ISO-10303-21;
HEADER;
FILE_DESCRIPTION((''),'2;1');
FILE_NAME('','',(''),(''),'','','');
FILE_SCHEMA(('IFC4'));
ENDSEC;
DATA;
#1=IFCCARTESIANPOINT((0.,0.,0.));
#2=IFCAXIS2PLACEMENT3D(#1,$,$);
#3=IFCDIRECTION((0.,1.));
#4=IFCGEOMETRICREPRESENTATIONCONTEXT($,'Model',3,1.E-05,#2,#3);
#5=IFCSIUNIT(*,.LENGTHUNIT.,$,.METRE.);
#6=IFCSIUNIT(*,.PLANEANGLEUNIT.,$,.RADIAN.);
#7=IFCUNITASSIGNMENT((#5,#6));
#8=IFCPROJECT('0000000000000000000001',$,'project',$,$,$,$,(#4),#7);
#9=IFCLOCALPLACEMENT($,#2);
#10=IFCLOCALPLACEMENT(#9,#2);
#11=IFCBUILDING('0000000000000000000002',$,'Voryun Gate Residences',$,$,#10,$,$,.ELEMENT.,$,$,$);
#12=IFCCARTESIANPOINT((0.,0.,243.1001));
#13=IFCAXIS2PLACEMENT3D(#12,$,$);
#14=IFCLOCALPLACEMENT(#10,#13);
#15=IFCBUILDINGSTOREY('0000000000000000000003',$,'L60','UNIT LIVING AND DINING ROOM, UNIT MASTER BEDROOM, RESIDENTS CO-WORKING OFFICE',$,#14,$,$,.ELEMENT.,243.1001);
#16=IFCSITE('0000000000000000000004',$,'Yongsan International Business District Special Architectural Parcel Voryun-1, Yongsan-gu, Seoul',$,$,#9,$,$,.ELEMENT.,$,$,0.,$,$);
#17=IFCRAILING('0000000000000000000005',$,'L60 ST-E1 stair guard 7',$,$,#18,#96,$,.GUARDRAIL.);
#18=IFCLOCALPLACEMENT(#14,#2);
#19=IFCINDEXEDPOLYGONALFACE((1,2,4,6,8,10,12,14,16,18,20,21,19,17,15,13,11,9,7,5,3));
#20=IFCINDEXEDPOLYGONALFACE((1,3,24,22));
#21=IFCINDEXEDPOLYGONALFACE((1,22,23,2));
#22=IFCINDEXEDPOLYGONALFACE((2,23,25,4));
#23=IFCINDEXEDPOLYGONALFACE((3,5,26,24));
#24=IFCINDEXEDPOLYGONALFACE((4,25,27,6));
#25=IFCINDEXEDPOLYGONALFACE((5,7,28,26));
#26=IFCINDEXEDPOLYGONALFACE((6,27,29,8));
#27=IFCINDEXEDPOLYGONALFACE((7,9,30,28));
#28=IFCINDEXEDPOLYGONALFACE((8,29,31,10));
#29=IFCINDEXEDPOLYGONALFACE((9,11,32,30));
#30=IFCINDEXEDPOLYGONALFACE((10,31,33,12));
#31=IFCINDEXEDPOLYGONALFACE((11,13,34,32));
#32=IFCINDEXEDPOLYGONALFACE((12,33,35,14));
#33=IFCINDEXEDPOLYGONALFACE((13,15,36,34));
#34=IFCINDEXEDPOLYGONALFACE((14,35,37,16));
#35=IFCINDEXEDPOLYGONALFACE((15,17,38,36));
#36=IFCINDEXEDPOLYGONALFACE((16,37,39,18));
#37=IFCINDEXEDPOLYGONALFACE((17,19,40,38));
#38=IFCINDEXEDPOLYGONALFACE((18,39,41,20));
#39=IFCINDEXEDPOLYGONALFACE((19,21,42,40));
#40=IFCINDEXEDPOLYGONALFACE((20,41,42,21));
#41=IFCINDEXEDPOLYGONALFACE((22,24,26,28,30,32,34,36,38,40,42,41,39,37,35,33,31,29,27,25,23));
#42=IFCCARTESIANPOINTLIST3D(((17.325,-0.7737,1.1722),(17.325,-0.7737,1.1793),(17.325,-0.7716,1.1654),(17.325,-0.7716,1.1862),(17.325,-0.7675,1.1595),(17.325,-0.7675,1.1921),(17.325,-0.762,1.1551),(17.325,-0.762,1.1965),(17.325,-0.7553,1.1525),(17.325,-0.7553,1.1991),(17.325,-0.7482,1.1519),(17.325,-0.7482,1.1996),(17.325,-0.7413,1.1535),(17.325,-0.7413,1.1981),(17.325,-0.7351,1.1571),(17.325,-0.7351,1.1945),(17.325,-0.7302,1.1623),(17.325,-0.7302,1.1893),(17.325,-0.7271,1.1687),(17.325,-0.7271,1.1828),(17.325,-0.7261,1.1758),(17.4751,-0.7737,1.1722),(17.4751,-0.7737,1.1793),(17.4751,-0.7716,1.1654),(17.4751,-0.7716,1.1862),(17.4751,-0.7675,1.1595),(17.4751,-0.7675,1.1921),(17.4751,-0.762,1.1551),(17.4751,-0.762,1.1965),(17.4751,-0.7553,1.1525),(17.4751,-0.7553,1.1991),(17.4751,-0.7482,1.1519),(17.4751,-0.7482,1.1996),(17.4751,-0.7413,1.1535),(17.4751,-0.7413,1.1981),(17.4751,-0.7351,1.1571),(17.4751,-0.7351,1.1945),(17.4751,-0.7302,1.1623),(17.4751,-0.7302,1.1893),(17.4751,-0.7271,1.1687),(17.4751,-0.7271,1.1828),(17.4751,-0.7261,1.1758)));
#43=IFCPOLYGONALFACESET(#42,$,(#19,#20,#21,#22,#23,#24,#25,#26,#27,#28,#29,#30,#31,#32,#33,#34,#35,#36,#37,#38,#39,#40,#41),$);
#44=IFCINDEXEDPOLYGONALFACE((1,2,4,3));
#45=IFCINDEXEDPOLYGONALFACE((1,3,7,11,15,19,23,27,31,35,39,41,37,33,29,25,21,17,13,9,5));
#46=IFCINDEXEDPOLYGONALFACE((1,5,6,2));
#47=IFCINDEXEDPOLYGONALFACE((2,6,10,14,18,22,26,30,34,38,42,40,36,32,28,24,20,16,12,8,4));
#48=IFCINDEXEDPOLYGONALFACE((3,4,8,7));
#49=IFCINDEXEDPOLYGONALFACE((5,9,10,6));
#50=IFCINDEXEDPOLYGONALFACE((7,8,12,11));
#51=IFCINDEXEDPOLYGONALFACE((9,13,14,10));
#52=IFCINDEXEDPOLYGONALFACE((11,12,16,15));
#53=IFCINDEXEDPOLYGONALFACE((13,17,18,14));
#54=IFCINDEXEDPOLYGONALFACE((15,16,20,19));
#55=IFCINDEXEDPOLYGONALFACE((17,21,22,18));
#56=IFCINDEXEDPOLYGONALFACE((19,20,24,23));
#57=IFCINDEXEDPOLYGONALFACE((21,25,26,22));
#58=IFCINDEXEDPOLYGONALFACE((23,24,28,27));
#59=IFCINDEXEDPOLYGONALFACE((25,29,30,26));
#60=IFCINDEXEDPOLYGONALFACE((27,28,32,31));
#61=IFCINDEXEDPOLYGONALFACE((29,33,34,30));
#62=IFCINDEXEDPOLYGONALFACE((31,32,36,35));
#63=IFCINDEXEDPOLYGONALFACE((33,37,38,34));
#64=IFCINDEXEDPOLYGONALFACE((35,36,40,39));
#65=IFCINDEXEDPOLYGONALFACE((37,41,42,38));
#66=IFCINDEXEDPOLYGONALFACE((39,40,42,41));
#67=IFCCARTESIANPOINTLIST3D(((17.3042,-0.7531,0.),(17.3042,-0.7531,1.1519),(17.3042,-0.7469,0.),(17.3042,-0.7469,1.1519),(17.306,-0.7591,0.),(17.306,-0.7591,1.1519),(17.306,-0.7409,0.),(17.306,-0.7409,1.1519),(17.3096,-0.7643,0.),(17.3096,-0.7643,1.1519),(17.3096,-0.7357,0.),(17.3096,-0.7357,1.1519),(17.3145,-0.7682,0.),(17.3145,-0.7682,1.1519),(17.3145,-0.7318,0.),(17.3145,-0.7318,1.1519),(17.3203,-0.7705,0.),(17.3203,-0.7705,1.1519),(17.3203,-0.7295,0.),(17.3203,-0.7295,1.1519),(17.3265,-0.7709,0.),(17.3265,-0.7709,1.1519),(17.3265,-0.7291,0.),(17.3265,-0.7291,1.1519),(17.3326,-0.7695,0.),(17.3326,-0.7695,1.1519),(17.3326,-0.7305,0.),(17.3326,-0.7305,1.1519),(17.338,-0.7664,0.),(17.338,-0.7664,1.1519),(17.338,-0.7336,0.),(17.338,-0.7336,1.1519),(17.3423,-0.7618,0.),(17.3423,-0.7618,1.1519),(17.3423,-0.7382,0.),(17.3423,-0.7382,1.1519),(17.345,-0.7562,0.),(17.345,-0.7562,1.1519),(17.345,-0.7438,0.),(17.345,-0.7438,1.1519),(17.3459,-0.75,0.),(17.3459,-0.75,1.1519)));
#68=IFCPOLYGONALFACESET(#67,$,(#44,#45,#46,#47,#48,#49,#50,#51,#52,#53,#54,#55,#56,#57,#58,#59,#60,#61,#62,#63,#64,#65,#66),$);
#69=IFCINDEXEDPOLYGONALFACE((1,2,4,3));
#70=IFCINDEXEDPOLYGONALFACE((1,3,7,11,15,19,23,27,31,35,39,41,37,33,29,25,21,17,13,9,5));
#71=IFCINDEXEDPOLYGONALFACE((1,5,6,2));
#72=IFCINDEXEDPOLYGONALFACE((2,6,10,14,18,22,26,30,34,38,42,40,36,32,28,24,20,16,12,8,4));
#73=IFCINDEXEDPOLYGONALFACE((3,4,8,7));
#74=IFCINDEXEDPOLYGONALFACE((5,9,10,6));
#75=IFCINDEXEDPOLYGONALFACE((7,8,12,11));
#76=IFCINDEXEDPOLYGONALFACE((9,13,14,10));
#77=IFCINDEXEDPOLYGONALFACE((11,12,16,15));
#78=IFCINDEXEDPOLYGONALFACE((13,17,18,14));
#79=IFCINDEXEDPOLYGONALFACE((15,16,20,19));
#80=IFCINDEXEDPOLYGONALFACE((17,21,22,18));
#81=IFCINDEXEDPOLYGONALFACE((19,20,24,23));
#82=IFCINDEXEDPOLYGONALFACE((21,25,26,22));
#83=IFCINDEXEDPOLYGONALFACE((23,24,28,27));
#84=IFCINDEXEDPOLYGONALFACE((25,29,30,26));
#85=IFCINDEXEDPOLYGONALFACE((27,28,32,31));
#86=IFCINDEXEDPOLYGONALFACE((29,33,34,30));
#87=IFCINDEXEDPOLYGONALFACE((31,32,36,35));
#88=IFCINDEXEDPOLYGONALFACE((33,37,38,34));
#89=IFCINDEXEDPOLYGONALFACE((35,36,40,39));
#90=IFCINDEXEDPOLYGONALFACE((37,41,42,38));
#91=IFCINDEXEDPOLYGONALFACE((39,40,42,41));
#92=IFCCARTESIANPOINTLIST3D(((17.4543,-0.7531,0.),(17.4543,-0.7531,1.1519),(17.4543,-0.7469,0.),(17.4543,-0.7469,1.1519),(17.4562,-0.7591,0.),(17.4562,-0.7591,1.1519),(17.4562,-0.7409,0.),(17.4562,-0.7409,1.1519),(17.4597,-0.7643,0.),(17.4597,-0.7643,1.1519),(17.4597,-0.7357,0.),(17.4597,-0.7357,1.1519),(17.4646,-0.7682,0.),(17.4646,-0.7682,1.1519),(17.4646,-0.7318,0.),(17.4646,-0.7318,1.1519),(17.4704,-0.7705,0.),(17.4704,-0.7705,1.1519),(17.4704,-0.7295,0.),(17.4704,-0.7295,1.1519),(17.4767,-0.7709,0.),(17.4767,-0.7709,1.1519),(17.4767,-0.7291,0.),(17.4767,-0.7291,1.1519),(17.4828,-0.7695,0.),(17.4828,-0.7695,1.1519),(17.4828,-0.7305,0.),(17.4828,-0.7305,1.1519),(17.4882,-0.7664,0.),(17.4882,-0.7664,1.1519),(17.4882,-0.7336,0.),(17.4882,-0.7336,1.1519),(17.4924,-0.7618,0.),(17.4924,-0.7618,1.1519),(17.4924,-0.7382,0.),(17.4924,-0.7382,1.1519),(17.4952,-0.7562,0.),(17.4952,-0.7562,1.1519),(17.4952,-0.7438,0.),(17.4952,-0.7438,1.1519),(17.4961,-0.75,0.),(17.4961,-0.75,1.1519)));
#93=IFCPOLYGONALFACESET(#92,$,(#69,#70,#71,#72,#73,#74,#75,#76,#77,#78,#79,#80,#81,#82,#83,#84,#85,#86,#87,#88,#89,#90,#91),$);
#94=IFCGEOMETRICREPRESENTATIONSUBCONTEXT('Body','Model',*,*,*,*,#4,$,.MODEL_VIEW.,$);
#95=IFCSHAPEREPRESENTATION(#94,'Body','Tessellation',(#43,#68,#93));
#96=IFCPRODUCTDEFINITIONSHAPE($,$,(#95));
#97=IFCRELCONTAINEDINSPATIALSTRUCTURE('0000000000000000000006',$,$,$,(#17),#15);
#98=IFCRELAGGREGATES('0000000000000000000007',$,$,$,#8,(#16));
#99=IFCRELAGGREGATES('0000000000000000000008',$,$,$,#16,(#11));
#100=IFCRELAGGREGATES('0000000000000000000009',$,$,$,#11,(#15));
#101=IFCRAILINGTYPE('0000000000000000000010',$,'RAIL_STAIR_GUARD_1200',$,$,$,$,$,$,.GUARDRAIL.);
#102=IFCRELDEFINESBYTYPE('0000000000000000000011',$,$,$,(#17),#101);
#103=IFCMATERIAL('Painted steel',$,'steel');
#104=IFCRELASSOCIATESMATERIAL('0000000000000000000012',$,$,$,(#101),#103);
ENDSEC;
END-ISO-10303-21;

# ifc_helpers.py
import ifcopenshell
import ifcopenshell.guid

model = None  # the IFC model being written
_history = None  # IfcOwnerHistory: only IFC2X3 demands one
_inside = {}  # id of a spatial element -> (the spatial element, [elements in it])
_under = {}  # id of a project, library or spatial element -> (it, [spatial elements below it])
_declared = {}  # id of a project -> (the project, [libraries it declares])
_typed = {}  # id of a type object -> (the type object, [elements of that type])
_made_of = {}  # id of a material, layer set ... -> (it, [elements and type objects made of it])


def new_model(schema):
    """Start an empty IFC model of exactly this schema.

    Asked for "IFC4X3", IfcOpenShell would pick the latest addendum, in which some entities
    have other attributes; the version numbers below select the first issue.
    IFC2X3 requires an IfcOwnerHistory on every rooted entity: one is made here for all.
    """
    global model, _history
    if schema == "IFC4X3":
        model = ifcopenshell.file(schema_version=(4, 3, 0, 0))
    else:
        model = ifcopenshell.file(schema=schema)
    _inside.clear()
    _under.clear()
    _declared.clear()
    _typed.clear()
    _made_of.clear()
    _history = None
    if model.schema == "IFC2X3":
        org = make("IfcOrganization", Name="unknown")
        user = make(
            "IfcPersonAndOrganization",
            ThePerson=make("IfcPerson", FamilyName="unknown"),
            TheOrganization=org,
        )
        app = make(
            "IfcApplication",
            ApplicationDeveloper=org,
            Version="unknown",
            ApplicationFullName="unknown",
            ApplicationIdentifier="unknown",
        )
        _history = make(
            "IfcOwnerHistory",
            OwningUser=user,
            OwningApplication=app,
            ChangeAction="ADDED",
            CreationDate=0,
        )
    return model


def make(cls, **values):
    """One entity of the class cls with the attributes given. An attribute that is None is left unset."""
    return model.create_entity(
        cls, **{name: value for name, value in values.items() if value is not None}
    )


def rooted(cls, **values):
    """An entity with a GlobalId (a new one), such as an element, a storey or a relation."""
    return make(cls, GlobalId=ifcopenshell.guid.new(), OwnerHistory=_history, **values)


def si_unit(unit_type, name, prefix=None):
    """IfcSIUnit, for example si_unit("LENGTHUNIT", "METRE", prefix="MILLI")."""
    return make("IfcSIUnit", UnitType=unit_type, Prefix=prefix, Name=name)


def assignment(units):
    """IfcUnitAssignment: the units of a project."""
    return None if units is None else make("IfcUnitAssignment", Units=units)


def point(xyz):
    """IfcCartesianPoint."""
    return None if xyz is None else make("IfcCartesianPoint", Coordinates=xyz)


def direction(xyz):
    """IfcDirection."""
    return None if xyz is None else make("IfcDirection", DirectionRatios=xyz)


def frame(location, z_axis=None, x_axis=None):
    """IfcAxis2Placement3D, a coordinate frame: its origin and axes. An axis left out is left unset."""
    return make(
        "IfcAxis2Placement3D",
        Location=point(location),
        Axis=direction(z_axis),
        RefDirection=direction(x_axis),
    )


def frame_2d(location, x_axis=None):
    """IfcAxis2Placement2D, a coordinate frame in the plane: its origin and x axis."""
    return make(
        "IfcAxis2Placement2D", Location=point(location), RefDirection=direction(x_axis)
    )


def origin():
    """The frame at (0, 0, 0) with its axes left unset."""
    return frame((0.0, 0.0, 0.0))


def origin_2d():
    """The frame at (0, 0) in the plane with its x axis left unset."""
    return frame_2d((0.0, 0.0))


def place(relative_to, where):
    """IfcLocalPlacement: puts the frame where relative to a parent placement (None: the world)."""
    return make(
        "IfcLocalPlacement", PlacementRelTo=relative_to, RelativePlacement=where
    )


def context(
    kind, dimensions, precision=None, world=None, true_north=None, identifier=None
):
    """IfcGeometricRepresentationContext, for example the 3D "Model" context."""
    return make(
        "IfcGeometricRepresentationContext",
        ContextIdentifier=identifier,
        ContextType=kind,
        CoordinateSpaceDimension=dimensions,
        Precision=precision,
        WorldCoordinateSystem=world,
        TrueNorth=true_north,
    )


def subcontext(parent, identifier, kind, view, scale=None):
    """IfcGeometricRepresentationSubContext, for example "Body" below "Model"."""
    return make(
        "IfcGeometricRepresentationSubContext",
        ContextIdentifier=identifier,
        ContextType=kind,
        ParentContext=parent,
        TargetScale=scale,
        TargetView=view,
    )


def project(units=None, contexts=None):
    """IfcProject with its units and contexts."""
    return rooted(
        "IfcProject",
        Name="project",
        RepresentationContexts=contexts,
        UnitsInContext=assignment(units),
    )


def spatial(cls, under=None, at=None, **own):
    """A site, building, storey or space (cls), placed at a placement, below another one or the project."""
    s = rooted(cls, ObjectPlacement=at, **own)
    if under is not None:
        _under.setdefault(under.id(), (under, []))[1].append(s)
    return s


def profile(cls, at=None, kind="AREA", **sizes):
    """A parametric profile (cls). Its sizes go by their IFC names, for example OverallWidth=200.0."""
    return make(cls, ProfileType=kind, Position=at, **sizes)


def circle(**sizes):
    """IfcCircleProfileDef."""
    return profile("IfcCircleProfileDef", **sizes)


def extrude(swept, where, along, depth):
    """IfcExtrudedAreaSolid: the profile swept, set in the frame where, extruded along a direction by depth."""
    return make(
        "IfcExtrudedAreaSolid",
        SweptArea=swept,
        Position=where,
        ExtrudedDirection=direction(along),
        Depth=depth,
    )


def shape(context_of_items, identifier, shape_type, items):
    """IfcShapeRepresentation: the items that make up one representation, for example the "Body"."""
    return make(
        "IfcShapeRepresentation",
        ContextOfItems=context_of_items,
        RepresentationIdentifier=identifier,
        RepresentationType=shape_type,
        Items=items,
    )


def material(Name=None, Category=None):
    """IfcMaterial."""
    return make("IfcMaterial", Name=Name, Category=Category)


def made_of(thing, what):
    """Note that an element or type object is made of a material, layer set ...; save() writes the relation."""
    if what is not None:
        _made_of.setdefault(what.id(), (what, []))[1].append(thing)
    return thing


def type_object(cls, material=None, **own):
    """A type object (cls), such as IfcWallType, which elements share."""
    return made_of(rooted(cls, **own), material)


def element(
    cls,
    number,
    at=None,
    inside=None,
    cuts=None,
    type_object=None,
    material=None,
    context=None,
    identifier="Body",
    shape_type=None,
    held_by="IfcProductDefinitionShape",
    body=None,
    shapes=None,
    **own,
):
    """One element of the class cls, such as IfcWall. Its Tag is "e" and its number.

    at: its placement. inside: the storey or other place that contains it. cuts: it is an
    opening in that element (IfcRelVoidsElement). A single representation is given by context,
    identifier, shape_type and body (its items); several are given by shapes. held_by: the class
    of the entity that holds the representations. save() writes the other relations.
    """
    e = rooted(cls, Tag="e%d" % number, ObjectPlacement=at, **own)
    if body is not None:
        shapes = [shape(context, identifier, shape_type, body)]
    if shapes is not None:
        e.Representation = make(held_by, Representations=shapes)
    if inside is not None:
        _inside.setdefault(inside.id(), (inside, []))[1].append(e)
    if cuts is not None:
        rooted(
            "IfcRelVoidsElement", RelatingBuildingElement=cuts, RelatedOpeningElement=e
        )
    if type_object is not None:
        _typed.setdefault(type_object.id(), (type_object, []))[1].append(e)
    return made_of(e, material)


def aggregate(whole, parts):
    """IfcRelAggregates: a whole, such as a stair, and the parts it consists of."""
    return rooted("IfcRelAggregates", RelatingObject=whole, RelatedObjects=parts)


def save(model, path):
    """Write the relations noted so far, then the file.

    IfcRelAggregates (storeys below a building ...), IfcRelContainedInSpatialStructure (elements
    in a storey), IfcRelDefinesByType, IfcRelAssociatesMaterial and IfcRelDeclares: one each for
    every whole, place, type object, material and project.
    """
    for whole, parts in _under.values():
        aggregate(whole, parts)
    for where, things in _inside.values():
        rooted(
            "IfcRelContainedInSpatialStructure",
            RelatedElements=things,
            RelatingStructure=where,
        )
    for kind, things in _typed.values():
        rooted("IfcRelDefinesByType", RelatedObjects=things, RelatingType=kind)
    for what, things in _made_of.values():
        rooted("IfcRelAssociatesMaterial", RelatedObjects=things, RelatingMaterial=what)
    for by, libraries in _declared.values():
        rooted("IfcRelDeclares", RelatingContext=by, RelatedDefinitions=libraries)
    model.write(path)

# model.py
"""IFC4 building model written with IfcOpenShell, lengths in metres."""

from ifc_helpers import new_model, si_unit, direction, frame, origin, origin_2d, place, context, subcontext, project, spatial, circle, extrude, material, type_object, element, save


model = new_model("IFC4")

# Units and contexts
model_context = context("Model", 3, precision=1e-05, world=origin(), true_north=direction((0.0, 1.0)))
body_context = subcontext(model_context, "Body", "Model", "MODEL_VIEW")
ifc_project = project(units=[si_unit("LENGTHUNIT", "METRE"), si_unit("PLANEANGLEUNIT", "RADIAN")], contexts=[model_context])

# Site, building, storey
site_placement = place(None, origin())
site = spatial("IfcSite", under=ifc_project, at=site_placement, Name="Yongsan International Business District Special Architectural Parcel Voryun-1, Yongsan-gu, Seoul", CompositionType="ELEMENT", RefElevation=0.0)
building_placement = place(site_placement, origin())
building = spatial("IfcBuilding", under=site, at=building_placement, Name="Voryun Gate Residences", CompositionType="ELEMENT")
storey_placement = place(building_placement, frame((0.0, 0.0, 243.1001)))
storey = spatial("IfcBuildingStorey", under=building, at=storey_placement, Name="L60", Description="UNIT LIVING AND DINING ROOM, UNIT MASTER BEDROOM, RESIDENTS CO-WORKING OFFICE", CompositionType="ELEMENT", Elevation=243.1001)

# Railing
ifc_material_1 = material(Name="Painted steel", Category="steel")
railing_type_1 = type_object("IfcRailingType", Name="RAIL_STAIR_GUARD_1200", PredefinedType="GUARDRAIL", material=ifc_material_1)
railing_1_placement = place(storey_placement, frame((17.325, -0.75, 0.0)))
element("IfcRailing", 1, at=railing_1_placement, inside=storey, type_object=railing_type_1, Name="L60 ST-E1 stair guard 7", PredefinedType="GUARDRAIL", context=body_context, shape_type="SweptSolid", body=[
    extrude(circle(Radius=0.0239, at=origin_2d()), frame((0.0, 0.0, 1.1758), z_axis=(1.0, 0.0, 0.0), x_axis=(0.0, 1.0, 0.0)), (0.0, 0.0, 1.0), 0.1501),
    extrude(circle(Radius=0.021, at=origin_2d()), origin(), (0.0, 0.0, 1.0), 1.1519),
    extrude(circle(Radius=0.021, at=origin_2d()), frame((0.1501, 0.0, 0.0)), (0.0, 0.0, 1.0), 1.1519),
])

save(model, "model.ifc")
